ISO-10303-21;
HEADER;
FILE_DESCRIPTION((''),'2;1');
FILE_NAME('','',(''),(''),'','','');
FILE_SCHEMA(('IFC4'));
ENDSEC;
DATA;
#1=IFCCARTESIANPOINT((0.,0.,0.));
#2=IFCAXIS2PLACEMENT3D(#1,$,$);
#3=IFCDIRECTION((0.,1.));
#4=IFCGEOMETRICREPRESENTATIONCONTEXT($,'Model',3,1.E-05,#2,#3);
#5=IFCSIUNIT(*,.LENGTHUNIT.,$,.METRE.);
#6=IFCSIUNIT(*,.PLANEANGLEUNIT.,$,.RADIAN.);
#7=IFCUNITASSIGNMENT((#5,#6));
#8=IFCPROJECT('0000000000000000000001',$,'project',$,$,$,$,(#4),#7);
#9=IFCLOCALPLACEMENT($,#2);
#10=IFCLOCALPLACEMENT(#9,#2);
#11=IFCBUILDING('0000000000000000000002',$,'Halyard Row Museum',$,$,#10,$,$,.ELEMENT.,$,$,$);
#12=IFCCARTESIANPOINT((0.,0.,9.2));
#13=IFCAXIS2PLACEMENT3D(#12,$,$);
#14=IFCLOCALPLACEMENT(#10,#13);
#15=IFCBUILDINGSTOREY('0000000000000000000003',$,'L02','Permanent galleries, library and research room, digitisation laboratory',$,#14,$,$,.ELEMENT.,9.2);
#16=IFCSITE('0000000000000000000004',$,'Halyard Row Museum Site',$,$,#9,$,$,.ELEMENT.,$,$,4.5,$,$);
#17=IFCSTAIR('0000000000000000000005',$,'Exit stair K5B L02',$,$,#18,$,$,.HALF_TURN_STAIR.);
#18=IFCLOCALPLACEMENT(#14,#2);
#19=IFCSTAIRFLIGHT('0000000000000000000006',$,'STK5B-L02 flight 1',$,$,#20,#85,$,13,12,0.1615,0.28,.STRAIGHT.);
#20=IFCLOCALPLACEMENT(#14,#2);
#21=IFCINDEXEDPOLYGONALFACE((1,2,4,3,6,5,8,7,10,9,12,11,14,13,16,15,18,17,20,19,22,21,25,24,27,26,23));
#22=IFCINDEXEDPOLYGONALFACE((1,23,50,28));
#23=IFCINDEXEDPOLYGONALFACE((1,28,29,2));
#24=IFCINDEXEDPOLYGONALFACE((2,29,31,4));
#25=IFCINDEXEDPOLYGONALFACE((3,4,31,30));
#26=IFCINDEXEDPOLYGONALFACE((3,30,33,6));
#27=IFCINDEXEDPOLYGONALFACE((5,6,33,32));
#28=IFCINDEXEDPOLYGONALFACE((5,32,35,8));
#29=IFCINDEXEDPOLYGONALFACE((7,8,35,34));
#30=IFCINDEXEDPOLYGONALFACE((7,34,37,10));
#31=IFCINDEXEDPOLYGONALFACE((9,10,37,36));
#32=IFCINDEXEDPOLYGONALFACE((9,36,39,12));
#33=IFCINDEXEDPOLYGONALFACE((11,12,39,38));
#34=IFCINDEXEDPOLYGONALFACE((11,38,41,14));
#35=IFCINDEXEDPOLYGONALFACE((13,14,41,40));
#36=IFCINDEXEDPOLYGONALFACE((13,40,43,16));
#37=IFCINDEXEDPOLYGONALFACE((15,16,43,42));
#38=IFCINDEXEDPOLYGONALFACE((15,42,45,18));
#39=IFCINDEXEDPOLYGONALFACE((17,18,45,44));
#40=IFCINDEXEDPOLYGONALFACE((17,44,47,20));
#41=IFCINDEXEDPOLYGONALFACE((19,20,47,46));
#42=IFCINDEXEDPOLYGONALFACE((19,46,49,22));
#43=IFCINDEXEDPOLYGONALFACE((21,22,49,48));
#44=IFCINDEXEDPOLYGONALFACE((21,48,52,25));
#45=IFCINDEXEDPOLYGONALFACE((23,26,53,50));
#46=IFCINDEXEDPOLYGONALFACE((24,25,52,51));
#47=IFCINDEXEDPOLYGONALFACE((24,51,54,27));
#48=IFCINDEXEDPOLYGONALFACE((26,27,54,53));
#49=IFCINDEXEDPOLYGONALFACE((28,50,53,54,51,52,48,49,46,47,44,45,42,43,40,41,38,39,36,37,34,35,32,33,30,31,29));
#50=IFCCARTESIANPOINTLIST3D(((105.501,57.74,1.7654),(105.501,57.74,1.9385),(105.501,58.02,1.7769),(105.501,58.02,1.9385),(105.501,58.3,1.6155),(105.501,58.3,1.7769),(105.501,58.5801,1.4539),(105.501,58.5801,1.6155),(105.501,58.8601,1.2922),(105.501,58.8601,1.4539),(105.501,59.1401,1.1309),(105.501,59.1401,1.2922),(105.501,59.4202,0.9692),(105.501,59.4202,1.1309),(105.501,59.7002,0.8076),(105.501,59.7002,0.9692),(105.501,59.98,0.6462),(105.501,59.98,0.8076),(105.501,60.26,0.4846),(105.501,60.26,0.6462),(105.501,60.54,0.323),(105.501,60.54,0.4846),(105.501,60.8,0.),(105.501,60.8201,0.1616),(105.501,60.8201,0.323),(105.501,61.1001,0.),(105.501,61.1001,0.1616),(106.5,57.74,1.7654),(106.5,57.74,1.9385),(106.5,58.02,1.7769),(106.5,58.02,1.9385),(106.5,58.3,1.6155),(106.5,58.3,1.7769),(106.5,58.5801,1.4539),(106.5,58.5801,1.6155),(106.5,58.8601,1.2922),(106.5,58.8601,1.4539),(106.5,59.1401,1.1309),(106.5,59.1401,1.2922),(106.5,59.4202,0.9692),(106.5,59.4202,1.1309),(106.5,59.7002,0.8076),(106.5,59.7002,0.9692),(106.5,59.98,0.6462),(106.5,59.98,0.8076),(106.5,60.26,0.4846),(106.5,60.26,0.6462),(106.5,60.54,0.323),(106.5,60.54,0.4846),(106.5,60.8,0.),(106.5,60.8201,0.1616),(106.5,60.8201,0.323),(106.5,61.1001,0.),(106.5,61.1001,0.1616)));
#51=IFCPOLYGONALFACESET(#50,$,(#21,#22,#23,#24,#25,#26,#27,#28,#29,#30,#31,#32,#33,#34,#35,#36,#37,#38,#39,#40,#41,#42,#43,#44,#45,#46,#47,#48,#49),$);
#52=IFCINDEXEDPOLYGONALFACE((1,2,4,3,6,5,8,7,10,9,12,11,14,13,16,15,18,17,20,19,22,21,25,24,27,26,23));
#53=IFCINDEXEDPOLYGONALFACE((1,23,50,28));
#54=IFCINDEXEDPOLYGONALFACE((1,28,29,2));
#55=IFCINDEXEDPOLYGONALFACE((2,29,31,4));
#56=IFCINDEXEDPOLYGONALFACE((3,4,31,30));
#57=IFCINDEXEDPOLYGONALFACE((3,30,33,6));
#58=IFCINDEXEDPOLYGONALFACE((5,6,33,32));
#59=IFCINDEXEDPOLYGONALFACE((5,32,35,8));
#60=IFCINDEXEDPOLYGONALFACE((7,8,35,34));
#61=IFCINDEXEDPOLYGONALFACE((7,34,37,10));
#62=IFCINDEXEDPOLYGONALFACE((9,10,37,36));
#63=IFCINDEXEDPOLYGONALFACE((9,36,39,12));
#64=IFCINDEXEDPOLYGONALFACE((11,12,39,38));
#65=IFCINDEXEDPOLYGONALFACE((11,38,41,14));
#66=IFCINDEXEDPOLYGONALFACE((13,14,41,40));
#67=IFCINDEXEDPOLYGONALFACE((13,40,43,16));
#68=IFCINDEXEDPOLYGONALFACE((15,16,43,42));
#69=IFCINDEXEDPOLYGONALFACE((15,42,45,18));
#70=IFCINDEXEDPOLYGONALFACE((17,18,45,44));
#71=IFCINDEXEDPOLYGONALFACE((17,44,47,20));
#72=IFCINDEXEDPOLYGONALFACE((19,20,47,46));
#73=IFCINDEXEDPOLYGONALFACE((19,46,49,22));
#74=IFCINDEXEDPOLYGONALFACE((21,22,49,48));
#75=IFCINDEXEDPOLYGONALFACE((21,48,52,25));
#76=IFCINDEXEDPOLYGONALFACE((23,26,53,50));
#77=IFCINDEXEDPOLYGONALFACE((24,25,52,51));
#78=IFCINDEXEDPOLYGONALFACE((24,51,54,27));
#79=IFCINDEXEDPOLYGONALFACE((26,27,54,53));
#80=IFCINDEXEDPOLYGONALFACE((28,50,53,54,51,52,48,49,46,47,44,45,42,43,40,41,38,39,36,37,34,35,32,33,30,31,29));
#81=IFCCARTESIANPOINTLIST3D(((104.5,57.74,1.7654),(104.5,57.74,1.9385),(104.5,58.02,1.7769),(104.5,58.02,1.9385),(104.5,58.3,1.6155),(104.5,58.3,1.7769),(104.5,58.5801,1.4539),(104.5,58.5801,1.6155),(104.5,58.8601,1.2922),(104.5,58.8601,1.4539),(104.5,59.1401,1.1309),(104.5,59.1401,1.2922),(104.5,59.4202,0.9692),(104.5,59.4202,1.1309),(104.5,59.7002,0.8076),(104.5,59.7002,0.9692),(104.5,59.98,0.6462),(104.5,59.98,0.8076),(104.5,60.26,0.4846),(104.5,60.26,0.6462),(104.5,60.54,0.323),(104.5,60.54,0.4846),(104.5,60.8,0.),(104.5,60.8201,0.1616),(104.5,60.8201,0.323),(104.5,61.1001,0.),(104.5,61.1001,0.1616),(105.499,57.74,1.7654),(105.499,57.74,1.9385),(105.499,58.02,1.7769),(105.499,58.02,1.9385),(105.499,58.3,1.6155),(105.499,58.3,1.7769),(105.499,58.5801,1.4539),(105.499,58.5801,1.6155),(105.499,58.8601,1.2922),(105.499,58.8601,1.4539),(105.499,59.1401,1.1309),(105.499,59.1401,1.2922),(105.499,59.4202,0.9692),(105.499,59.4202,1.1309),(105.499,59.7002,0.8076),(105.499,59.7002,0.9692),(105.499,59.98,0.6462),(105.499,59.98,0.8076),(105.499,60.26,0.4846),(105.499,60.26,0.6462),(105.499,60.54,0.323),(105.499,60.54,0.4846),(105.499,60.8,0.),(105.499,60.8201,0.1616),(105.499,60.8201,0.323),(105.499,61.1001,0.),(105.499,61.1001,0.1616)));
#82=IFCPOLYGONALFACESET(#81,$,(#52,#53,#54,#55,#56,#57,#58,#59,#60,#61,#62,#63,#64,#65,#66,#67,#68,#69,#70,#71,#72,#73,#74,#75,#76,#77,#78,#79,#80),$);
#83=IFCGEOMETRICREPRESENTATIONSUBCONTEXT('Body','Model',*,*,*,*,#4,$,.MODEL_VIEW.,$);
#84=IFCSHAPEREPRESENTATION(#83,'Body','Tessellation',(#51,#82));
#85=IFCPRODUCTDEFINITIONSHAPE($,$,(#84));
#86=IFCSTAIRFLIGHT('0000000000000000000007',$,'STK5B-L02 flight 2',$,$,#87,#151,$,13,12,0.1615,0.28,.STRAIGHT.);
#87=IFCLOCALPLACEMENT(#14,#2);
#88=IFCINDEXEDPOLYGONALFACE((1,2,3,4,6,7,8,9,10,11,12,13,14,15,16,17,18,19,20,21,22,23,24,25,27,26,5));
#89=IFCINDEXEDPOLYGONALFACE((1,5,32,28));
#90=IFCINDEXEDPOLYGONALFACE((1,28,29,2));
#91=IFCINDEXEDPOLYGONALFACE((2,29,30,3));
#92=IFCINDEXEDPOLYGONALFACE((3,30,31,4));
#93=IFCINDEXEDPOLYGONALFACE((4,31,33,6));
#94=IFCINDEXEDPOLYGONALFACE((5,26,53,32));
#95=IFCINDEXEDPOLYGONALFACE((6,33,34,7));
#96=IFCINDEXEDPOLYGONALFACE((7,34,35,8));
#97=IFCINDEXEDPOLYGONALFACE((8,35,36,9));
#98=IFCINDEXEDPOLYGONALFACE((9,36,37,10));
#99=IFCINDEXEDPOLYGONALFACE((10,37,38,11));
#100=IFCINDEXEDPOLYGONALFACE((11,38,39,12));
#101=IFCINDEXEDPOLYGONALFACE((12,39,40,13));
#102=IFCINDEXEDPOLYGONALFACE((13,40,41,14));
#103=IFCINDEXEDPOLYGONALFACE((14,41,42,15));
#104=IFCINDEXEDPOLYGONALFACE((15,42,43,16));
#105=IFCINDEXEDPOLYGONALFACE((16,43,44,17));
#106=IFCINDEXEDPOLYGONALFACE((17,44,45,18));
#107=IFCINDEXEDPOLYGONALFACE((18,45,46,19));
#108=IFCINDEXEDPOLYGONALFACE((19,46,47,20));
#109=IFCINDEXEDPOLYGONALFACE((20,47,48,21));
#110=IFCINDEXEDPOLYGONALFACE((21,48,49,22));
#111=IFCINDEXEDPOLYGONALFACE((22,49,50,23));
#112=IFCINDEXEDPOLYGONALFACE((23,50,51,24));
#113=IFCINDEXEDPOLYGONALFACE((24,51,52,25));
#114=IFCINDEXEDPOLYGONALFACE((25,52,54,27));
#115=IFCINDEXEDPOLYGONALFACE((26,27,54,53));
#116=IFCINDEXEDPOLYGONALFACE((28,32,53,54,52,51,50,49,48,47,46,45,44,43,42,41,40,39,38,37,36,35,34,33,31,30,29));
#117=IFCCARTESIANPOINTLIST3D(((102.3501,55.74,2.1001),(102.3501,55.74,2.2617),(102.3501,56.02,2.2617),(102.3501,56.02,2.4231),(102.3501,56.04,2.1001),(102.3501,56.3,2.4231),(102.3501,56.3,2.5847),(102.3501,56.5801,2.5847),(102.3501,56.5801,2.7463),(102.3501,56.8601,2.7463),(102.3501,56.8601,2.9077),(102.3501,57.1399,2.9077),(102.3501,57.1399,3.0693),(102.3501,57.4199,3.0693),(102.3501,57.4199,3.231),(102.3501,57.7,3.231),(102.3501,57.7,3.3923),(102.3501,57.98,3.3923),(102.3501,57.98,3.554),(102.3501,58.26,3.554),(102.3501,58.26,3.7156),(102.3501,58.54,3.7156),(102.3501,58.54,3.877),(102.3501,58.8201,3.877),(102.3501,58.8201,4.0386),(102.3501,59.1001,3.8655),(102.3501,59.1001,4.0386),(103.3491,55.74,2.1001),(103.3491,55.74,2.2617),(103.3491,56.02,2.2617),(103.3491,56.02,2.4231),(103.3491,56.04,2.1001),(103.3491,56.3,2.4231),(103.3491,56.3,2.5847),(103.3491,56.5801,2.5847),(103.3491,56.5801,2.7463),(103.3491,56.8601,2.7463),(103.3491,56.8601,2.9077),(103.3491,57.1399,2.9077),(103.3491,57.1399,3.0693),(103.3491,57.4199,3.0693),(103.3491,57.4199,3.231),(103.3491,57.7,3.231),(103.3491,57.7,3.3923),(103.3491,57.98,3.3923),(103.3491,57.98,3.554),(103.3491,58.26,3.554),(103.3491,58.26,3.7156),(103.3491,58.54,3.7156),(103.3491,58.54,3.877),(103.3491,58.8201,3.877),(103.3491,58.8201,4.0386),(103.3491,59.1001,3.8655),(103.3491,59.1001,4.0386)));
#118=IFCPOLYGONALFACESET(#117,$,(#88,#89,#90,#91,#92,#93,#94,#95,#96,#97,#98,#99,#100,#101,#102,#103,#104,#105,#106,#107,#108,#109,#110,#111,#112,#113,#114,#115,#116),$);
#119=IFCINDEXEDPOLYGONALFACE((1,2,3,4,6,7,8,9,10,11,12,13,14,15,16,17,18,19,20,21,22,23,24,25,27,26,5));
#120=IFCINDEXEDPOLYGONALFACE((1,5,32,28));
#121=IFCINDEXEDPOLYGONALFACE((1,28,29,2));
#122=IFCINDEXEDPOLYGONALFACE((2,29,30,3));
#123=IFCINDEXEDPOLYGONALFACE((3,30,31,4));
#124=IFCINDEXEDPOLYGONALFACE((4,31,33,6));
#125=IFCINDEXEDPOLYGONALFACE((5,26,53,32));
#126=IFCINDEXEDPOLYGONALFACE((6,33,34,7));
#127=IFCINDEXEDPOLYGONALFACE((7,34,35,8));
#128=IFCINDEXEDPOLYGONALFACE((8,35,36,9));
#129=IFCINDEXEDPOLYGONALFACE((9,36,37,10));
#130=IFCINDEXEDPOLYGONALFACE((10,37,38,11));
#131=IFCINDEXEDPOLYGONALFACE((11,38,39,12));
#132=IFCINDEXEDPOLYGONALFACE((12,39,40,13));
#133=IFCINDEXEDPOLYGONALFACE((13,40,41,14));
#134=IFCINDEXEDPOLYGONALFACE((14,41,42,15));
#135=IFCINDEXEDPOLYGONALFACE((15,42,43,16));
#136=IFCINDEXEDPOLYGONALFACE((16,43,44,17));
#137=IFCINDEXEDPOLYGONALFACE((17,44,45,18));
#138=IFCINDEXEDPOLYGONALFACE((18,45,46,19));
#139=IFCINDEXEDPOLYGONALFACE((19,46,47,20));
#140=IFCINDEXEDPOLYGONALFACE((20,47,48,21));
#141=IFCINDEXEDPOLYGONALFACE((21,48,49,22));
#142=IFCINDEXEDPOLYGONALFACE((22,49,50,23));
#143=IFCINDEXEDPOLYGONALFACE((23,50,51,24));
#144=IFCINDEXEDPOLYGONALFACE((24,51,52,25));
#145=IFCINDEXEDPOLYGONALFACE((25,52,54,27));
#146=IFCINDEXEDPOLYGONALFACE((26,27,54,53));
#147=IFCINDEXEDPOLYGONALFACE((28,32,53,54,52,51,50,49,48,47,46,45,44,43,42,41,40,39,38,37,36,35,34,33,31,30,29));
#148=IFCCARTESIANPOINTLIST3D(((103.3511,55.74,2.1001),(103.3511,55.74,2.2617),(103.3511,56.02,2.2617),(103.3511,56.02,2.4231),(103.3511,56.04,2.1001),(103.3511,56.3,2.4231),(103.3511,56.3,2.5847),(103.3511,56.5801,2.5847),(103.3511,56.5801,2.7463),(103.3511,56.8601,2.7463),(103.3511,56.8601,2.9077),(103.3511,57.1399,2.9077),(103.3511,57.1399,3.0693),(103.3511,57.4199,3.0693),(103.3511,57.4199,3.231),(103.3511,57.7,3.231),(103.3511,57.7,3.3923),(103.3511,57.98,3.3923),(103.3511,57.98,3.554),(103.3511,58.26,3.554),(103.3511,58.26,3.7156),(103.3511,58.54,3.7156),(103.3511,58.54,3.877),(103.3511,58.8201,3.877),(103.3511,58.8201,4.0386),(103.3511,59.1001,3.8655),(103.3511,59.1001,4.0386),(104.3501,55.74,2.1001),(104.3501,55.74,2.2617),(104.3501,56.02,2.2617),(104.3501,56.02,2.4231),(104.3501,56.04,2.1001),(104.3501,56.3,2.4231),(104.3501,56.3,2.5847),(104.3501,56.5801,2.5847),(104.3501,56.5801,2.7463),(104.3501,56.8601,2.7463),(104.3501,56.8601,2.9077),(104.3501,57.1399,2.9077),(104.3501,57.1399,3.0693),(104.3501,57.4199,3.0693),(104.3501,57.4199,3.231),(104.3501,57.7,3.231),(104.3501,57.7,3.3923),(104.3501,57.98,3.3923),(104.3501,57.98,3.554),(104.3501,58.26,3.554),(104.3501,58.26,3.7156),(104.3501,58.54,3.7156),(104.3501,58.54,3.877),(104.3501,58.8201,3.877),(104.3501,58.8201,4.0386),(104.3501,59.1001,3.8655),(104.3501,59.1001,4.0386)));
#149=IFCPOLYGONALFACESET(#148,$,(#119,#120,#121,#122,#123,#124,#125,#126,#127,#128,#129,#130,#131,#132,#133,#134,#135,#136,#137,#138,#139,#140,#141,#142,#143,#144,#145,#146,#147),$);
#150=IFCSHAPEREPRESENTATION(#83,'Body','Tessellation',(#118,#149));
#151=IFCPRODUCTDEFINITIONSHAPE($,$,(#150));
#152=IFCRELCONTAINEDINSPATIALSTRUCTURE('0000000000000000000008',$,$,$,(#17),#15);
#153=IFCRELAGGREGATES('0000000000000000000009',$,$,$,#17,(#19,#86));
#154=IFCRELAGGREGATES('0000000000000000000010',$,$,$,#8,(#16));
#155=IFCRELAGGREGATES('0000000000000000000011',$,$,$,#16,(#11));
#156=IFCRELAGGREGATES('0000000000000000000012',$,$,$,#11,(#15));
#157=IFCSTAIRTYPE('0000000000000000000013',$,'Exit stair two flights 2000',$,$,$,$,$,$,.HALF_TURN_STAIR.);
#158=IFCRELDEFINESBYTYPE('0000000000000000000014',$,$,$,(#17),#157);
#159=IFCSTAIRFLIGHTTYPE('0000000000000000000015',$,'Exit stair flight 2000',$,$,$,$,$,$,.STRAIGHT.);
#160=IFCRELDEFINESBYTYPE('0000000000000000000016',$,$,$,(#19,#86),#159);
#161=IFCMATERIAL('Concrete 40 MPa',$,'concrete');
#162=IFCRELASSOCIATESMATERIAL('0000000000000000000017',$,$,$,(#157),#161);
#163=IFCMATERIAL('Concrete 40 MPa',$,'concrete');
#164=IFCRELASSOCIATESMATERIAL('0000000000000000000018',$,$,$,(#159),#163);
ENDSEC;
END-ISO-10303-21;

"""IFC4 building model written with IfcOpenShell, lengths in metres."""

from ifc_helpers import new_model, si_unit, direction, frame, origin, place, context, subcontext, project, spatial, polyline, outline, extrude, material, type_object, element, aggregate, save


model = new_model("IFC4")

# Units and contexts
model_context = context("Model", 3, precision=1e-05, world=origin(), true_north=direction((0.0, 1.0)))
body_context = subcontext(model_context, "Body", "Model", "MODEL_VIEW")
ifc_project = project(units=[si_unit("LENGTHUNIT", "METRE"), si_unit("PLANEANGLEUNIT", "RADIAN")], contexts=[model_context])

# Site, building, storey
site_placement = place(None, origin())
site = spatial("IfcSite", under=ifc_project, at=site_placement, Name="Halyard Row Museum Site", CompositionType="ELEMENT", RefElevation=4.5)
building_placement = place(site_placement, origin())
building = spatial("IfcBuilding", under=site, at=building_placement, Name="Halyard Row Museum", CompositionType="ELEMENT")
storey_placement = place(building_placement, frame((0.0, 0.0, 9.2)))
storey = spatial("IfcBuildingStorey", under=building, at=storey_placement, Name="L02", Description="Permanent galleries, library and research room, digitisation laboratory", CompositionType="ELEMENT", Elevation=9.2)

# Stair, stair flights
ifc_material_1 = material(Name="Concrete 40 MPa", Category="concrete")
stair_type = type_object("IfcStairType", Name="Exit stair two flights 2000", PredefinedType="HALF_TURN_STAIR", material=ifc_material_1)
stair_placement = place(storey_placement, origin())
stair = element("IfcStair", 1, at=stair_placement, inside=storey, type_object=stair_type, Name="Exit stair K5B L02", PredefinedType="HALF_TURN_STAIR")
ifc_material_2 = material(Name="Concrete 40 MPa", Category="concrete")
stair_flight_type = type_object("IfcStairFlightType", Name="Exit stair flight 2000", PredefinedType="STRAIGHT", material=ifc_material_2)
stair_flight_1_placement = place(storey_placement, frame((105.5, 61.1001, 0.0), z_axis=(0.0, 0.0, 1.0), x_axis=(0.0, -1.0, 0.0)))
stair_flight_1 = element("IfcStairFlight", 2, at=stair_flight_1_placement, type_object=stair_flight_type, Name="STK5B-L02 flight 1", NumberOfRisers=13, NumberOfTreads=12, PredefinedType="STRAIGHT", RiserHeight=0.1615, TreadLength=0.28, context=body_context, shape_type="SweptSolid", body=[
    extrude(outline(polyline([(0.0, 0.0), (0.0, 0.1616), (0.28, 0.1616), (0.28, 0.323), (0.5601, 0.323), (0.5601, 0.4846), (0.8401, 0.4846), (0.8401, 0.6462), (1.1201, 0.6462), (1.1201, 0.8076), (1.3999, 0.8076), (1.3999, 0.9692), (1.6799, 0.9692), (1.6799, 1.1309), (1.96, 1.1309), (1.96, 1.2922), (2.24, 1.2922), (2.24, 1.4539), (2.52, 1.4539), (2.52, 1.6155), (2.8, 1.6155), (2.8, 1.7769), (3.0801, 1.7769), (3.0801, 1.9385), (3.3601, 1.9385), (3.3601, 2.1001), (3.3601, 1.7654), (0.3, 0.0), (0.0, 0.0)])), frame((0.0, 1.0, 0.0), z_axis=(0.0, -1.0, 0.0), x_axis=(1.0, 0.0, 0.0)), (0.0, 0.0, 1.0), 0.999),
    extrude(outline(polyline([(0.0, 0.0), (0.0, 0.1616), (0.28, 0.1616), (0.28, 0.323), (0.5601, 0.323), (0.5601, 0.4846), (0.8401, 0.4846), (0.8401, 0.6462), (1.1201, 0.6462), (1.1201, 0.8076), (1.3999, 0.8076), (1.3999, 0.9692), (1.6799, 0.9692), (1.6799, 1.1309), (1.96, 1.1309), (1.96, 1.2922), (2.24, 1.2922), (2.24, 1.4539), (2.52, 1.4539), (2.52, 1.6155), (2.8, 1.6155), (2.8, 1.7769), (3.0801, 1.7769), (3.0801, 1.9385), (3.3601, 1.9385), (3.3601, 2.1001), (3.3601, 1.7654), (0.3, 0.0), (0.0, 0.0)])), frame((0.0, -0.001, 0.0), z_axis=(0.0, -1.0, 0.0), x_axis=(1.0, 0.0, 0.0)), (0.0, 0.0, 1.0), 0.999),
])
stair_flight_2_placement = place(storey_placement, frame((103.3501, 55.74, 2.1001), z_axis=(0.0, 0.0, 1.0), x_axis=(0.0, 1.0, 0.0)))
stair_flight_2 = element("IfcStairFlight", 3, at=stair_flight_2_placement, type_object=stair_flight_type, Name="STK5B-L02 flight 2", NumberOfRisers=13, NumberOfTreads=12, PredefinedType="STRAIGHT", RiserHeight=0.1615, TreadLength=0.28, context=body_context, shape_type="SweptSolid", body=[
    extrude(outline(polyline([(0.0, 0.0), (0.0, 0.1616), (0.28, 0.1616), (0.28, 0.323), (0.5601, 0.323), (0.5601, 0.4846), (0.8401, 0.4846), (0.8401, 0.6462), (1.1201, 0.6462), (1.1201, 0.8076), (1.3999, 0.8076), (1.3999, 0.9692), (1.6799, 0.9692), (1.6799, 1.1309), (1.96, 1.1309), (1.96, 1.2922), (2.24, 1.2922), (2.24, 1.4539), (2.52, 1.4539), (2.52, 1.6155), (2.8, 1.6155), (2.8, 1.7769), (3.0801, 1.7769), (3.0801, 1.9385), (3.3601, 1.9385), (3.3601, 2.1001), (3.3601, 1.7654), (0.3, 0.0), (0.0, 0.0)])), frame((0.0, 1.0, 0.0), z_axis=(0.0, -1.0, 0.0), x_axis=(1.0, 0.0, 0.0)), (0.0, 0.0, 1.0), 0.999),
    extrude(outline(polyline([(0.0, 0.0), (0.0, 0.1616), (0.28, 0.1616), (0.28, 0.323), (0.5601, 0.323), (0.5601, 0.4846), (0.8401, 0.4846), (0.8401, 0.6462), (1.1201, 0.6462), (1.1201, 0.8076), (1.3999, 0.8076), (1.3999, 0.9692), (1.6799, 0.9692), (1.6799, 1.1309), (1.96, 1.1309), (1.96, 1.2922), (2.24, 1.2922), (2.24, 1.4539), (2.52, 1.4539), (2.52, 1.6155), (2.8, 1.6155), (2.8, 1.7769), (3.0801, 1.7769), (3.0801, 1.9385), (3.3601, 1.9385), (3.3601, 2.1001), (3.3601, 1.7654), (0.3, 0.0), (0.0, 0.0)])), frame((0.0, -0.001, 0.0), z_axis=(0.0, -1.0, 0.0), x_axis=(1.0, 0.0, 0.0)), (0.0, 0.0, 1.0), 0.999),
])
aggregate(stair, [stair_flight_1, stair_flight_2])

save(model, "model.ifc")
